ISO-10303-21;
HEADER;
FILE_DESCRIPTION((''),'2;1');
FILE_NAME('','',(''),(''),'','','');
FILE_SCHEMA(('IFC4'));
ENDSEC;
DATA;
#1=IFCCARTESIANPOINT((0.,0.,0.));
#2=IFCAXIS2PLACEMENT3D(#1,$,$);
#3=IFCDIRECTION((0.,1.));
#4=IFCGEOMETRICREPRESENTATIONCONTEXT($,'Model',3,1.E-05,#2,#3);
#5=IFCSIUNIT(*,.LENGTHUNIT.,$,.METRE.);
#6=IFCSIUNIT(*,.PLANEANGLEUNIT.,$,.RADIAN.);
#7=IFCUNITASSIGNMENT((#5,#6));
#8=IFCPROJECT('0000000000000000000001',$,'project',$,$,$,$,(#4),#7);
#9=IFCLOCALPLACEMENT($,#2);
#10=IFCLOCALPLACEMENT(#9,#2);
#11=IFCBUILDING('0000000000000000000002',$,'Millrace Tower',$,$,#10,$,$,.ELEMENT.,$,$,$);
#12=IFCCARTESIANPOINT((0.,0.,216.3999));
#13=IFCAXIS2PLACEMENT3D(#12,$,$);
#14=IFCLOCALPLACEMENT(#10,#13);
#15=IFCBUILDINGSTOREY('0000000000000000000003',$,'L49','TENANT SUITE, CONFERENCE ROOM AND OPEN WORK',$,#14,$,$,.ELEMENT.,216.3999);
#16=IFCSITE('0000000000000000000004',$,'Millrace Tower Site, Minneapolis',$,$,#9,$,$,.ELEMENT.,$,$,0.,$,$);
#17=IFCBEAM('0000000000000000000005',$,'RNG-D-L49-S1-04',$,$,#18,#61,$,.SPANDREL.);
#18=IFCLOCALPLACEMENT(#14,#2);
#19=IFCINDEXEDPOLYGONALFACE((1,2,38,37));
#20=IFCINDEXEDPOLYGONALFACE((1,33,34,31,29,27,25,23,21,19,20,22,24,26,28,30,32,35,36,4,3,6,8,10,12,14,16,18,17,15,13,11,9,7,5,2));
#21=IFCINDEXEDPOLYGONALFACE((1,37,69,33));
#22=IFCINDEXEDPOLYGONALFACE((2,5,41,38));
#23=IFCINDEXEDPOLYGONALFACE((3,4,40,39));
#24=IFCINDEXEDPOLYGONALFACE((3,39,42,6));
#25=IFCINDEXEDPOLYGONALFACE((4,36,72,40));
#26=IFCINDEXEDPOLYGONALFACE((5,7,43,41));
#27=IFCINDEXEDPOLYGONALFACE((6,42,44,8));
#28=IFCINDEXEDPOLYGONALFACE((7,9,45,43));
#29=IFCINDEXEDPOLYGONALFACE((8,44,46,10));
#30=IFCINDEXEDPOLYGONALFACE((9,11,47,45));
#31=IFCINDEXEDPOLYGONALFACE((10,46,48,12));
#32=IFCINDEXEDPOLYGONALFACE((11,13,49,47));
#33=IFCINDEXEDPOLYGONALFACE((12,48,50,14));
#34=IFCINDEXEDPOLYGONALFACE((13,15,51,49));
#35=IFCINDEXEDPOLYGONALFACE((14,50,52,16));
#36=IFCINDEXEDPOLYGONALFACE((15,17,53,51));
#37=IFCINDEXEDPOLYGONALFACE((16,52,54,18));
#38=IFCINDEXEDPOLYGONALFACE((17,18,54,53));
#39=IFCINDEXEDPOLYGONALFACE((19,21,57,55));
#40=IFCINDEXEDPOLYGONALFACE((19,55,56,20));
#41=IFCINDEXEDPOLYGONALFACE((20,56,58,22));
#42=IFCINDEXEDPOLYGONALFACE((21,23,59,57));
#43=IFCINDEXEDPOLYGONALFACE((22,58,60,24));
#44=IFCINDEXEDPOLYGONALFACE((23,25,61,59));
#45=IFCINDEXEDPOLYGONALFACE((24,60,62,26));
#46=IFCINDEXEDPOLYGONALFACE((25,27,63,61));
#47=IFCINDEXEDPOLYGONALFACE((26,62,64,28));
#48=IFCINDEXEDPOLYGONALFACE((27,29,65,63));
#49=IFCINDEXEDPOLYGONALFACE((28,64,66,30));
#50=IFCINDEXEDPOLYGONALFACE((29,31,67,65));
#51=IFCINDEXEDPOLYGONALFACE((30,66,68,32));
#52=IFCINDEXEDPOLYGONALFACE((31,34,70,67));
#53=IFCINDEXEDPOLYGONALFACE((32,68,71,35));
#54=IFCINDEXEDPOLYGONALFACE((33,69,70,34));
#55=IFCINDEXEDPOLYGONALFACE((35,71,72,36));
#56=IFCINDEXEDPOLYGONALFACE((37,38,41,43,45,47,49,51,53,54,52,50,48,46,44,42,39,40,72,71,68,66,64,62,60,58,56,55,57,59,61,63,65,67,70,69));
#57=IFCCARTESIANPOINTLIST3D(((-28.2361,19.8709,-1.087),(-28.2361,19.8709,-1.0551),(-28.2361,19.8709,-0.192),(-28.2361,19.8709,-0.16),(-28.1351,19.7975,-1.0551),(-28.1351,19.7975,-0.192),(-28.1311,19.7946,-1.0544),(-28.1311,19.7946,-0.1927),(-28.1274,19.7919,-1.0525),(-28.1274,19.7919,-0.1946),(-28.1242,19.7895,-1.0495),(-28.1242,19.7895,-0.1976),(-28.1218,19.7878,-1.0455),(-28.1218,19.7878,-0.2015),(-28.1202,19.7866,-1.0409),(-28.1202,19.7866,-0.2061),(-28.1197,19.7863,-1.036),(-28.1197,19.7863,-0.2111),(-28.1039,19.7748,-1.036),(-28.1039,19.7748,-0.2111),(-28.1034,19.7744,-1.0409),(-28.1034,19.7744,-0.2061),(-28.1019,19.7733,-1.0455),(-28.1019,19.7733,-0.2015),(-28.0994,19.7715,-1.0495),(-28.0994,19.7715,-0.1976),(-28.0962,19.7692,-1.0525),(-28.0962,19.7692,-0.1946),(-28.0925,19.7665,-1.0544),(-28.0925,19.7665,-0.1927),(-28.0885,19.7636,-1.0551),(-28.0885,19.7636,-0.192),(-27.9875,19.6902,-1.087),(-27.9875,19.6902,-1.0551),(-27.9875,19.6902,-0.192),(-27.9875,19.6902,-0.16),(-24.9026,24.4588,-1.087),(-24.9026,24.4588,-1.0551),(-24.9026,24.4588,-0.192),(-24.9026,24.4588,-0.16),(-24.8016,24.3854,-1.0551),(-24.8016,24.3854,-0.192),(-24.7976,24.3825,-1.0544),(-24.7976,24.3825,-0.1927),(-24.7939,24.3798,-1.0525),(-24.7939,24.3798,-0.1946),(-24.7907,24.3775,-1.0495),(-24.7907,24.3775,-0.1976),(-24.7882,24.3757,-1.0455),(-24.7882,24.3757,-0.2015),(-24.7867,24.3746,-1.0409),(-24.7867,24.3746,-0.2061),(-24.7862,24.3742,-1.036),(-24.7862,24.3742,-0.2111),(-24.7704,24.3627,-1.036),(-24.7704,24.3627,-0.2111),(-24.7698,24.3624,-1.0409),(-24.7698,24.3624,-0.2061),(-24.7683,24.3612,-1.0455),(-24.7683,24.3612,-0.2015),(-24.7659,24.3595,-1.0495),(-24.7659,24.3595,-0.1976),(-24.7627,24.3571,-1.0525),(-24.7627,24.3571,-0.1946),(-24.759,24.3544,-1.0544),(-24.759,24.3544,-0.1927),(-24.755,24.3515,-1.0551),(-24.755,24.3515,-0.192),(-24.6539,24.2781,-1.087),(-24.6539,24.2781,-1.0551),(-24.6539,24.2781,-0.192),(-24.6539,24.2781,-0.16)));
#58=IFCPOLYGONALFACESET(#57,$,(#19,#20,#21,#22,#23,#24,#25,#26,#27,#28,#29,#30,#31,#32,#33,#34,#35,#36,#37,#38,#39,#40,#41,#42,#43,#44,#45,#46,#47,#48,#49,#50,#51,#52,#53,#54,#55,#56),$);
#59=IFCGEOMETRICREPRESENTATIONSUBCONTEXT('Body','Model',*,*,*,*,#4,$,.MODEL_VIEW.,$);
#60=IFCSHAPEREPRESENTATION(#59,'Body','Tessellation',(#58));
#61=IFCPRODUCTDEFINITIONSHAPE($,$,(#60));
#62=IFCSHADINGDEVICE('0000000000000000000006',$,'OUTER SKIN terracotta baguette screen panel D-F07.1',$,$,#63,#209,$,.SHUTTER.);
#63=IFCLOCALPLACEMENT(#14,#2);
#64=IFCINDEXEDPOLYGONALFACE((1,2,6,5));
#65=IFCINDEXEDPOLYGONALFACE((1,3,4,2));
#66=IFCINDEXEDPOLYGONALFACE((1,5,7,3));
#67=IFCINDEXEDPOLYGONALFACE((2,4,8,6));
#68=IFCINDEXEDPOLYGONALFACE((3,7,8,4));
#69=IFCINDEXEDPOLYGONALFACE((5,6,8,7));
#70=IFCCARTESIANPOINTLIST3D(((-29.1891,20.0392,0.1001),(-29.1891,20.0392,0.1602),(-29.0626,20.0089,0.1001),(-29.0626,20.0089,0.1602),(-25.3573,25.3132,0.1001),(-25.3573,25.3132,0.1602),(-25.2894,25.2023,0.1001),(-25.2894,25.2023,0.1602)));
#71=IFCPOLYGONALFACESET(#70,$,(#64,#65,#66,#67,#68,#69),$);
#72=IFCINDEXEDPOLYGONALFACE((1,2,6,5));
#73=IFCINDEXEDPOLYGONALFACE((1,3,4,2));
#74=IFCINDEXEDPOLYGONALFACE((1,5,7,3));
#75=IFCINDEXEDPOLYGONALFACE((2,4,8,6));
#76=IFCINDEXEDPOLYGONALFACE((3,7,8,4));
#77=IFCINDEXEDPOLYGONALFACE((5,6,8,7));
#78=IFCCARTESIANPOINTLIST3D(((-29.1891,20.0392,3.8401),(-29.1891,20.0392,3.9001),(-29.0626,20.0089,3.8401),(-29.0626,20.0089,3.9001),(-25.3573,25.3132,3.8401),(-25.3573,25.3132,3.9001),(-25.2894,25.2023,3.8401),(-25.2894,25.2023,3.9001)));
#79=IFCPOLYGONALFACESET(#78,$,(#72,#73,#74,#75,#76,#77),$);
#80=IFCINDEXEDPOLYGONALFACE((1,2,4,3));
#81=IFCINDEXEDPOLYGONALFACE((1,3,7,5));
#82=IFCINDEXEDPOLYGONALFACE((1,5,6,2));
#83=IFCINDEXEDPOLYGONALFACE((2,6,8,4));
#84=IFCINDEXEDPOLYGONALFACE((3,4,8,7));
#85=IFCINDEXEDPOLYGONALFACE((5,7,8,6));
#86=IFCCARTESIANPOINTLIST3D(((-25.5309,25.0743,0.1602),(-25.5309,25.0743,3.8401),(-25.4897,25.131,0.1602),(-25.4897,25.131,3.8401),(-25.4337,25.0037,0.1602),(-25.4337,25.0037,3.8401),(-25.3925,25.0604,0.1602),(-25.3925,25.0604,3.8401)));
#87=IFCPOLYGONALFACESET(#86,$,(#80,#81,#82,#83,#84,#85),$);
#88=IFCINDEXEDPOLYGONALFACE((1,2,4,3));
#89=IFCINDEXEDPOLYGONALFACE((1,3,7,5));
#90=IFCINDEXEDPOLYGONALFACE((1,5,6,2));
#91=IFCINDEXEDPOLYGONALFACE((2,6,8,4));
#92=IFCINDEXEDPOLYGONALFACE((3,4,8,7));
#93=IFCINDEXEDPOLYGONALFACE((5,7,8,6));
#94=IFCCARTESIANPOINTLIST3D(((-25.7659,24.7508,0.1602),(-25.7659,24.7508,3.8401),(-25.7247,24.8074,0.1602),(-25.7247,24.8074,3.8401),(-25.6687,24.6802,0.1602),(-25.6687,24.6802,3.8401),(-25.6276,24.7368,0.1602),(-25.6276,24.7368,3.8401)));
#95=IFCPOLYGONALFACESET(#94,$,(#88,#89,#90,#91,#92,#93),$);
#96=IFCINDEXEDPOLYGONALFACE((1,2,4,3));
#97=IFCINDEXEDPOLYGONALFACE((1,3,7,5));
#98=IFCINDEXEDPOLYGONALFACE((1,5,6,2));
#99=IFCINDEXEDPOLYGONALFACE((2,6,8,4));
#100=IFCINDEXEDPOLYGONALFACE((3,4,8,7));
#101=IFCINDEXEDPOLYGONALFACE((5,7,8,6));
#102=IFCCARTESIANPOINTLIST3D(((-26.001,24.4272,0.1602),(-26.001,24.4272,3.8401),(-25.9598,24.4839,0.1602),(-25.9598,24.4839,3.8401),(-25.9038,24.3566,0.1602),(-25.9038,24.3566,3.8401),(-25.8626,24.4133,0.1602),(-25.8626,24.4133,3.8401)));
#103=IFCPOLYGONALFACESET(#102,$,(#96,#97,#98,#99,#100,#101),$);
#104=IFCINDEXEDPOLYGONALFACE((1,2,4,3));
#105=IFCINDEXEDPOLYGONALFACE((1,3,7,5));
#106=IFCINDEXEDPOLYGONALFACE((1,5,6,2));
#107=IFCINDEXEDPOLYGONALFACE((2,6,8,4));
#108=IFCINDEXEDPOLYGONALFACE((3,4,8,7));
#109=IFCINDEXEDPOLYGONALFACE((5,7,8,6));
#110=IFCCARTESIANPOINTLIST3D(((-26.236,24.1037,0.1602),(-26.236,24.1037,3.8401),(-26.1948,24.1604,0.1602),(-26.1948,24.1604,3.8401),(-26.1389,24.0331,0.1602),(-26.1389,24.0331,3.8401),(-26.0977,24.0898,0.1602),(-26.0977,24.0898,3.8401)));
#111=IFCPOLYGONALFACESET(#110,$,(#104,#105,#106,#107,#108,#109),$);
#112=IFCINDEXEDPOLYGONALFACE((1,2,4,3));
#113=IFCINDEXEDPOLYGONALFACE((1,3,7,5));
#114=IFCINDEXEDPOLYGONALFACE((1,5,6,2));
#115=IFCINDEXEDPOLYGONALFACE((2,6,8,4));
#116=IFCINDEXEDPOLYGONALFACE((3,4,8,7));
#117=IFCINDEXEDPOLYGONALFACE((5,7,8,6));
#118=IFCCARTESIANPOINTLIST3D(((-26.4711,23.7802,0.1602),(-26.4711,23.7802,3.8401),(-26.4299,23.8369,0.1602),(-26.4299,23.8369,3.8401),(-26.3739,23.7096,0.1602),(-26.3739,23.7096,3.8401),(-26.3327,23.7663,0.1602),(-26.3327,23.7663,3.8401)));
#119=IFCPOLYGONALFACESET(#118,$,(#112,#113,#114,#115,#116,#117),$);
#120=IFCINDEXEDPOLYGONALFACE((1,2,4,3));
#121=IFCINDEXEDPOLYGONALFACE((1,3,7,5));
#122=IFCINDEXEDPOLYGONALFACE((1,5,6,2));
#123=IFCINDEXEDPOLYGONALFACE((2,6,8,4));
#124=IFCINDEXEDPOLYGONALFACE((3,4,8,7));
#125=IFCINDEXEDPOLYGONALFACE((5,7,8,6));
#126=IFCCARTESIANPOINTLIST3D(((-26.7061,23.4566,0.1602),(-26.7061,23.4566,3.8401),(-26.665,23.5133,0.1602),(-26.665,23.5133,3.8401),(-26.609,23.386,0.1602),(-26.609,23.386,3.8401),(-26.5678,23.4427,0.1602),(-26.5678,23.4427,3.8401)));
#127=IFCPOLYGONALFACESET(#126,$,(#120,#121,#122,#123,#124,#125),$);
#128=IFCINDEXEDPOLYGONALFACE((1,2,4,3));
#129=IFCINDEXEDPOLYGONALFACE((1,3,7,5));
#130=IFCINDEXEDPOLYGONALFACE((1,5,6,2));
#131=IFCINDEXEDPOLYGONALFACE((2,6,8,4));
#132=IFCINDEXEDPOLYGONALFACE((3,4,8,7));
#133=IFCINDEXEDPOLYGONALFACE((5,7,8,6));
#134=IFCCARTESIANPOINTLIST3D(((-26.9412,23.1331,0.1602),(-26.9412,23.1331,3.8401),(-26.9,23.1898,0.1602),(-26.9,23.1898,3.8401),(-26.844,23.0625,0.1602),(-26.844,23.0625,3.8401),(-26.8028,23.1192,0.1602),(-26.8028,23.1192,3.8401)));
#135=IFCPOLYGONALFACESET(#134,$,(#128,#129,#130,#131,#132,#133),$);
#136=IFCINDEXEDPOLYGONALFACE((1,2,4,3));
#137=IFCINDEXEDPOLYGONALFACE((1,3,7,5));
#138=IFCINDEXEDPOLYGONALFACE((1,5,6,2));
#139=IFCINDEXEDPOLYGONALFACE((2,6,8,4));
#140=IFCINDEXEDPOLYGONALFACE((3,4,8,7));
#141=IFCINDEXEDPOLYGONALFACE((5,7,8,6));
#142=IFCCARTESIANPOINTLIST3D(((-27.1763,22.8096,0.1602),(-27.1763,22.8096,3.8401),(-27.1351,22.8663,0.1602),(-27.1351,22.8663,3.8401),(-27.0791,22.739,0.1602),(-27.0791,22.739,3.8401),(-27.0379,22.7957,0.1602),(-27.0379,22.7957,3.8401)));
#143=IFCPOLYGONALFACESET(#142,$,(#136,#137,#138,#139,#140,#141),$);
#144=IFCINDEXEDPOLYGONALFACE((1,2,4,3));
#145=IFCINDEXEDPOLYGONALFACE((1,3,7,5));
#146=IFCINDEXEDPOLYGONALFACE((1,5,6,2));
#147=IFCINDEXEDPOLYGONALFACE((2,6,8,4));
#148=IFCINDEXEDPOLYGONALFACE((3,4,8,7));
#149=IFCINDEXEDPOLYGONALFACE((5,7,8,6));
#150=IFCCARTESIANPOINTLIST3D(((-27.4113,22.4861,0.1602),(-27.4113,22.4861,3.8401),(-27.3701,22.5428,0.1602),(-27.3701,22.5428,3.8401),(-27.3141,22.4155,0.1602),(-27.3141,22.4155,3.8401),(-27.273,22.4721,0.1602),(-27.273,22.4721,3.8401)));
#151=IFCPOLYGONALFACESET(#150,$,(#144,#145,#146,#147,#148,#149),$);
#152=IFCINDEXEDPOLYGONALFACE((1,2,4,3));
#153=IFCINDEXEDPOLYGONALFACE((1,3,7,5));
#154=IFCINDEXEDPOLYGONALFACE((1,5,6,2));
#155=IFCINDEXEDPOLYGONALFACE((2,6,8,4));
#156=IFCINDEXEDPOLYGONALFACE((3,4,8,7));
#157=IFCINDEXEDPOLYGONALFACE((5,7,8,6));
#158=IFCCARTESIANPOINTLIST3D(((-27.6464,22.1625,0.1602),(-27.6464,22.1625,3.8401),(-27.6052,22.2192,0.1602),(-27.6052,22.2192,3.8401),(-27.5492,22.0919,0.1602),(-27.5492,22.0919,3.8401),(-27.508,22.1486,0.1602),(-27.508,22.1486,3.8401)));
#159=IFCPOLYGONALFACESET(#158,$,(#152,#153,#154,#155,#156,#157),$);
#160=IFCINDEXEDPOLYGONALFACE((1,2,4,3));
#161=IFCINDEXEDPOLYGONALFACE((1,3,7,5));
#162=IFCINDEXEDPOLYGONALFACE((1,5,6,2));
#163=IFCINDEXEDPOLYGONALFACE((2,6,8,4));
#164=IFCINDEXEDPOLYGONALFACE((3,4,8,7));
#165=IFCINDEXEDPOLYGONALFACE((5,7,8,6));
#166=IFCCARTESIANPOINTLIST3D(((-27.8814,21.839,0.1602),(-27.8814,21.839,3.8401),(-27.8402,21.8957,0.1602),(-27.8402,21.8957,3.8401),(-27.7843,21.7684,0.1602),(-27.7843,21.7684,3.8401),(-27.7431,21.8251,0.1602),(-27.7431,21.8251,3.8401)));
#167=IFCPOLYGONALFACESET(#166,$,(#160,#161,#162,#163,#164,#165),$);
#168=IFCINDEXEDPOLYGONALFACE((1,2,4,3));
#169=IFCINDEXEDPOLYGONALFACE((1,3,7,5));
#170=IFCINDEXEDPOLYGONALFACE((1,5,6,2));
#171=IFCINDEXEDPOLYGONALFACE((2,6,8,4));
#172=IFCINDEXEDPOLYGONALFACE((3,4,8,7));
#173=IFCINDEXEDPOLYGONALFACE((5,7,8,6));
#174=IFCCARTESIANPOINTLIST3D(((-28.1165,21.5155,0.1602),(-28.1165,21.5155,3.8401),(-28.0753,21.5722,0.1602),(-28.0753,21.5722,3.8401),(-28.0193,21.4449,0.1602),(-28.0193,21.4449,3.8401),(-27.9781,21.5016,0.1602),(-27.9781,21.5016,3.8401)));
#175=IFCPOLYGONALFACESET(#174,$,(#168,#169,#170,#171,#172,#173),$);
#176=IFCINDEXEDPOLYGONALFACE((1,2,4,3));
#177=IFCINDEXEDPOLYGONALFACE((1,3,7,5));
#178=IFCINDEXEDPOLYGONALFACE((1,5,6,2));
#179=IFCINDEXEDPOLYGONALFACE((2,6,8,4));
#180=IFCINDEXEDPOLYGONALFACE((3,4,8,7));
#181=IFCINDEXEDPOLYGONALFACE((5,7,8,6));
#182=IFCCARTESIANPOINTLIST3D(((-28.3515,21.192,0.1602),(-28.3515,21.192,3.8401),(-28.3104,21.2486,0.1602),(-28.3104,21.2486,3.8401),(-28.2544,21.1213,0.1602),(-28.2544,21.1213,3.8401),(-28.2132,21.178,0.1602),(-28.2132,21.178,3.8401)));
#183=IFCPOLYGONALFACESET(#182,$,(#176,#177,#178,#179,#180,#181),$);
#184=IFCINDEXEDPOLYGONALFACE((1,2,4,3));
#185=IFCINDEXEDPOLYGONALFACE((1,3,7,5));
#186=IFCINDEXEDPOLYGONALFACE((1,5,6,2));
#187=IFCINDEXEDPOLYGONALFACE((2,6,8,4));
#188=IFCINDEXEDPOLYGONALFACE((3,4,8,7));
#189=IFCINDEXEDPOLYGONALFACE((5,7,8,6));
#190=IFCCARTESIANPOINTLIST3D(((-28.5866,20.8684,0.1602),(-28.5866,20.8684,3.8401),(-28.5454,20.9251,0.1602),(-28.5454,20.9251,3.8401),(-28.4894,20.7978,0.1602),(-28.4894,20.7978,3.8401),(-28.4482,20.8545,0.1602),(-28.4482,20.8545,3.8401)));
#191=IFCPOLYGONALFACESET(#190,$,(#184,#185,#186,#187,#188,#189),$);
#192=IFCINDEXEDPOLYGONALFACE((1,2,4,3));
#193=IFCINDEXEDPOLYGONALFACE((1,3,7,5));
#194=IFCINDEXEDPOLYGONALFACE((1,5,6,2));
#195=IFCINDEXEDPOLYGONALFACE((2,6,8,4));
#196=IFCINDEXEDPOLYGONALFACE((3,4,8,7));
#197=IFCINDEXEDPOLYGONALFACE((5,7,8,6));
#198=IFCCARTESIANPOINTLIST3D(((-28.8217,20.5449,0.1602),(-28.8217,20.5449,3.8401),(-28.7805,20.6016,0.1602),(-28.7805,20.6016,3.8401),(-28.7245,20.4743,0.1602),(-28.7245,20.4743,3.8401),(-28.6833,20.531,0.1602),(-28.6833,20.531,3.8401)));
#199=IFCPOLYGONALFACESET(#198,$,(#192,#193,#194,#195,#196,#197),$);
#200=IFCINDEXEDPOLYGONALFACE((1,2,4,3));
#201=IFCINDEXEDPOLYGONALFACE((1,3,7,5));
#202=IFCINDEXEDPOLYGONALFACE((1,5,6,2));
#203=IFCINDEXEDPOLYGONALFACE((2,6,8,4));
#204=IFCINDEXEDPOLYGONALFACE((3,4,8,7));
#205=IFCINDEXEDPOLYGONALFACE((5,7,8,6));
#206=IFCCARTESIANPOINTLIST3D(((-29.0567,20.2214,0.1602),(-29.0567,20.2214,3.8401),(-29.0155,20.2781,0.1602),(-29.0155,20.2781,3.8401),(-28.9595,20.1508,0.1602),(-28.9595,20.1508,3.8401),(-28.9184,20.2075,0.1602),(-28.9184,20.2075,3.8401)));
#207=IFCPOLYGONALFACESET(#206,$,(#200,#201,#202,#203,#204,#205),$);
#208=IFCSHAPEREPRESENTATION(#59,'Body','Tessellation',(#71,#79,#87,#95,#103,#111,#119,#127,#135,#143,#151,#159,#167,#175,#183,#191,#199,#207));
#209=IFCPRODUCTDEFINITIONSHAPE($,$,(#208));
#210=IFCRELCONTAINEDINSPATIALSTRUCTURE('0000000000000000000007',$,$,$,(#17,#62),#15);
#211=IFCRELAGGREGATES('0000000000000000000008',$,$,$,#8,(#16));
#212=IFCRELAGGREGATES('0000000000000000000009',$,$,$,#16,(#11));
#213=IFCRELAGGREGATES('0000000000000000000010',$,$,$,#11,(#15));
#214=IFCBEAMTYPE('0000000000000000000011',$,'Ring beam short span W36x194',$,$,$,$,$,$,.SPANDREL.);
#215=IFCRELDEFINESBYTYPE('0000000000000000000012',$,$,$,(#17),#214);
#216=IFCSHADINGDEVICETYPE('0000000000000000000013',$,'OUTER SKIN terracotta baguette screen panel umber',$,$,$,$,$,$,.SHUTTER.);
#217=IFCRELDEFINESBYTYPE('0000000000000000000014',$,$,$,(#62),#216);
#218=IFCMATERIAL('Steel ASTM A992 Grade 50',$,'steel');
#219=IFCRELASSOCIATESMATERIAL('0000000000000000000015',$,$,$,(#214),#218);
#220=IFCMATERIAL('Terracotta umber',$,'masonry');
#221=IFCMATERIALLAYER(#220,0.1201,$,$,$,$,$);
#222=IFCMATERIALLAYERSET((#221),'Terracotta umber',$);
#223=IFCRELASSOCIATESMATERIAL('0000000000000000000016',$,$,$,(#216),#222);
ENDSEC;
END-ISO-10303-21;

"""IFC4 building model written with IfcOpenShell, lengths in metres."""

from ifc_helpers import new_model, entity, si_unit, direction, frame, frame_2d, origin, origin_2d, place, context, subcontext, project, spatial, rectangle, i_section, extrude, source, transform, mapped, material, layer, layer_set, material_profile, profile_set, type_object, element, save


model = new_model("IFC4")

# Units and contexts
model_context = context("Model", 3, precision=1e-05, world=origin(), true_north=direction((0.0, 1.0)))
body_context = subcontext(model_context, "Body", "Model", "MODEL_VIEW")
ifc_project = project(units=[si_unit("LENGTHUNIT", "METRE"), si_unit("PLANEANGLEUNIT", "RADIAN")], contexts=[model_context])

# Site, building, storey
site_placement = place(None, origin())
site = spatial("IfcSite", under=ifc_project, at=site_placement, Name="Millrace Tower Site, Minneapolis", CompositionType="ELEMENT", RefElevation=0.0)
building_placement = place(site_placement, origin())
building = spatial("IfcBuilding", under=site, at=building_placement, Name="Millrace Tower", CompositionType="ELEMENT")
storey_placement = place(building_placement, frame((0.0, 0.0, 216.3999)))
storey = spatial("IfcBuildingStorey", under=building, at=storey_placement, Name="L49", Description="TENANT SUITE, CONFERENCE ROOM AND OPEN WORK", CompositionType="ELEMENT", Elevation=216.3999)

# Beam
ifc_material_1 = material(Name="Steel ASTM A992 Grade 50", Category="steel")
ifc_material_profile_1 = material_profile(ifc_material_1, i_section(OverallWidth=0.3074, OverallDepth=0.927, WebThickness=0.0195, FlangeThickness=0.032, FilletRadius=0.019, at=origin_2d()))
ifc_profile_set_1 = profile_set([ifc_material_profile_1], Name="Steel ASTM A992 Grade 50")
beam_type_1 = type_object("IfcBeamType", Name="Ring beam short span W36x194", PredefinedType="SPANDREL", material=ifc_profile_set_1)
beam_1_placement = place(storey_placement, frame((-28.1118, 19.7805, -0.6235), z_axis=(0.587808, 0.809, 0.0), x_axis=(-0.809, 0.587808, 0.0)))
element("IfcBeam", 1, at=beam_1_placement, inside=storey, type_object=beam_type_1, Name="RNG-D-L49-S1-04", PredefinedType="SPANDREL", context=body_context, shape_type="SweptSolid", body=[
    extrude(i_section(OverallWidth=0.3074, OverallDepth=0.927, WebThickness=0.0195, FlangeThickness=0.032, FilletRadius=0.019, at=origin_2d()), origin(), (0.0, 0.0, 1.0), 5.6711),
])

# Shading device
ifc_material_2 = material(Name="Terracotta umber", Category="masonry")
ifc_layer_1 = layer(ifc_material_2, 0.1201)
ifc_layer_set_1 = layer_set([ifc_layer_1], Name="Terracotta umber")
shading_device_type = type_object("IfcShadingDeviceType", Name="OUTER SKIN terracotta baguette screen panel umber", PredefinedType="SHUTTER", material=ifc_layer_set_1)
cartesian_point_1 = entity("IfcCartesianPoint", [-3.2097, 0.0601])
shared_polyline_1 = entity("IfcPolyline", [cartesian_point_1, entity("IfcCartesianPoint", [3.2097, 0.0601]), entity("IfcCartesianPoint", [3.2595, -0.0601]), entity("IfcCartesianPoint", [-3.2595, -0.0601]), cartesian_point_1])
shared_shape_1 = source(origin(), body_context, "Body", "SweptSolid", [
    entity("IfcExtrudedAreaSolid", entity("IfcArbitraryClosedProfileDef", "AREA", None, shared_polyline_1), entity("IfcAxis2Placement3D", entity("IfcCartesianPoint", [0.0, 0.0, 0.0])), entity("IfcDirection", [0.0, 0.0, 1.0]), 0.0601),
    entity("IfcExtrudedAreaSolid", entity("IfcArbitraryClosedProfileDef", "AREA", None, shared_polyline_1), entity("IfcAxis2Placement3D", entity("IfcCartesianPoint", [0.0, 0.0, 3.74])), entity("IfcDirection", [0.0, 0.0, 1.0]), 0.0601),
    extrude(rectangle(XDim=0.0701, YDim=0.1201, at=frame_2d((-2.9993, 0.0))), frame((0.0, 0.0, 0.0601)), (0.0, 0.0, 1.0), 3.6799),
    extrude(rectangle(XDim=0.0701, YDim=0.1201, at=frame_2d((-2.5994, 0.0))), frame((0.0, 0.0, 0.0601)), (0.0, 0.0, 1.0), 3.6799),
    extrude(rectangle(XDim=0.0701, YDim=0.1201, at=frame_2d((-2.1995, 0.0))), frame((0.0, 0.0, 0.0601)), (0.0, 0.0, 1.0), 3.6799),
    extrude(rectangle(XDim=0.0701, YDim=0.1201, at=frame_2d((-1.7996, 0.0))), frame((0.0, 0.0, 0.0601)), (0.0, 0.0, 1.0), 3.6799),
    extrude(rectangle(XDim=0.0701, YDim=0.1201, at=frame_2d((-1.3997, 0.0))), frame((0.0, 0.0, 0.0601)), (0.0, 0.0, 1.0), 3.6799),
    extrude(rectangle(XDim=0.0701, YDim=0.1201, at=frame_2d((-0.9998, 0.0))), frame((0.0, 0.0, 0.0601)), (0.0, 0.0, 1.0), 3.6799),
    extrude(rectangle(XDim=0.0701, YDim=0.1201, at=frame_2d((-0.5999, 0.0))), frame((0.0, 0.0, 0.0601)), (0.0, 0.0, 1.0), 3.6799),
    extrude(rectangle(XDim=0.0701, YDim=0.1201, at=frame_2d((-0.2, 0.0))), frame((0.0, 0.0, 0.0601)), (0.0, 0.0, 1.0), 3.6799),
    extrude(rectangle(XDim=0.0701, YDim=0.1201, at=frame_2d((0.2, 0.0))), frame((0.0, 0.0, 0.0601)), (0.0, 0.0, 1.0), 3.6799),
    extrude(rectangle(XDim=0.0701, YDim=0.1201, at=frame_2d((0.5999, 0.0))), frame((0.0, 0.0, 0.0601)), (0.0, 0.0, 1.0), 3.6799),
    extrude(rectangle(XDim=0.0701, YDim=0.1201, at=frame_2d((0.9998, 0.0))), frame((0.0, 0.0, 0.0601)), (0.0, 0.0, 1.0), 3.6799),
    extrude(rectangle(XDim=0.0701, YDim=0.1201, at=frame_2d((1.3997, 0.0))), frame((0.0, 0.0, 0.0601)), (0.0, 0.0, 1.0), 3.6799),
    extrude(rectangle(XDim=0.0701, YDim=0.1201, at=frame_2d((1.7996, 0.0))), frame((0.0, 0.0, 0.0601)), (0.0, 0.0, 1.0), 3.6799),
    extrude(rectangle(XDim=0.0701, YDim=0.1201, at=frame_2d((2.1995, 0.0))), frame((0.0, 0.0, 0.0601)), (0.0, 0.0, 1.0), 3.6799),
    extrude(rectangle(XDim=0.0701, YDim=0.1201, at=frame_2d((2.5994, 0.0))), frame((0.0, 0.0, 0.0601)), (0.0, 0.0, 1.0), 3.6799),
    extrude(rectangle(XDim=0.0701, YDim=0.1201, at=frame_2d((2.9993, 0.0))), frame((0.0, 0.0, 0.0601)), (0.0, 0.0, 1.0), 3.6799),
])
shading_device_1_placement = place(storey_placement, frame((-27.2246, 22.6409, 0.1001), z_axis=(0.0, 0.0, 1.0), x_axis=(-0.587785, -0.809017, 0.0)))
element("IfcShadingDevice", 2, at=shading_device_1_placement, inside=storey, type_object=shading_device_type, Name="OUTER SKIN terracotta baguette screen panel D-F07.1", PredefinedType="SHUTTER", context=body_context, shape_type="MappedRepresentation", body=[
    mapped(shared_shape_1, transform((0.0, 0.0, 0.0), scale=1.0)),
])

save(model, "model.ifc")
